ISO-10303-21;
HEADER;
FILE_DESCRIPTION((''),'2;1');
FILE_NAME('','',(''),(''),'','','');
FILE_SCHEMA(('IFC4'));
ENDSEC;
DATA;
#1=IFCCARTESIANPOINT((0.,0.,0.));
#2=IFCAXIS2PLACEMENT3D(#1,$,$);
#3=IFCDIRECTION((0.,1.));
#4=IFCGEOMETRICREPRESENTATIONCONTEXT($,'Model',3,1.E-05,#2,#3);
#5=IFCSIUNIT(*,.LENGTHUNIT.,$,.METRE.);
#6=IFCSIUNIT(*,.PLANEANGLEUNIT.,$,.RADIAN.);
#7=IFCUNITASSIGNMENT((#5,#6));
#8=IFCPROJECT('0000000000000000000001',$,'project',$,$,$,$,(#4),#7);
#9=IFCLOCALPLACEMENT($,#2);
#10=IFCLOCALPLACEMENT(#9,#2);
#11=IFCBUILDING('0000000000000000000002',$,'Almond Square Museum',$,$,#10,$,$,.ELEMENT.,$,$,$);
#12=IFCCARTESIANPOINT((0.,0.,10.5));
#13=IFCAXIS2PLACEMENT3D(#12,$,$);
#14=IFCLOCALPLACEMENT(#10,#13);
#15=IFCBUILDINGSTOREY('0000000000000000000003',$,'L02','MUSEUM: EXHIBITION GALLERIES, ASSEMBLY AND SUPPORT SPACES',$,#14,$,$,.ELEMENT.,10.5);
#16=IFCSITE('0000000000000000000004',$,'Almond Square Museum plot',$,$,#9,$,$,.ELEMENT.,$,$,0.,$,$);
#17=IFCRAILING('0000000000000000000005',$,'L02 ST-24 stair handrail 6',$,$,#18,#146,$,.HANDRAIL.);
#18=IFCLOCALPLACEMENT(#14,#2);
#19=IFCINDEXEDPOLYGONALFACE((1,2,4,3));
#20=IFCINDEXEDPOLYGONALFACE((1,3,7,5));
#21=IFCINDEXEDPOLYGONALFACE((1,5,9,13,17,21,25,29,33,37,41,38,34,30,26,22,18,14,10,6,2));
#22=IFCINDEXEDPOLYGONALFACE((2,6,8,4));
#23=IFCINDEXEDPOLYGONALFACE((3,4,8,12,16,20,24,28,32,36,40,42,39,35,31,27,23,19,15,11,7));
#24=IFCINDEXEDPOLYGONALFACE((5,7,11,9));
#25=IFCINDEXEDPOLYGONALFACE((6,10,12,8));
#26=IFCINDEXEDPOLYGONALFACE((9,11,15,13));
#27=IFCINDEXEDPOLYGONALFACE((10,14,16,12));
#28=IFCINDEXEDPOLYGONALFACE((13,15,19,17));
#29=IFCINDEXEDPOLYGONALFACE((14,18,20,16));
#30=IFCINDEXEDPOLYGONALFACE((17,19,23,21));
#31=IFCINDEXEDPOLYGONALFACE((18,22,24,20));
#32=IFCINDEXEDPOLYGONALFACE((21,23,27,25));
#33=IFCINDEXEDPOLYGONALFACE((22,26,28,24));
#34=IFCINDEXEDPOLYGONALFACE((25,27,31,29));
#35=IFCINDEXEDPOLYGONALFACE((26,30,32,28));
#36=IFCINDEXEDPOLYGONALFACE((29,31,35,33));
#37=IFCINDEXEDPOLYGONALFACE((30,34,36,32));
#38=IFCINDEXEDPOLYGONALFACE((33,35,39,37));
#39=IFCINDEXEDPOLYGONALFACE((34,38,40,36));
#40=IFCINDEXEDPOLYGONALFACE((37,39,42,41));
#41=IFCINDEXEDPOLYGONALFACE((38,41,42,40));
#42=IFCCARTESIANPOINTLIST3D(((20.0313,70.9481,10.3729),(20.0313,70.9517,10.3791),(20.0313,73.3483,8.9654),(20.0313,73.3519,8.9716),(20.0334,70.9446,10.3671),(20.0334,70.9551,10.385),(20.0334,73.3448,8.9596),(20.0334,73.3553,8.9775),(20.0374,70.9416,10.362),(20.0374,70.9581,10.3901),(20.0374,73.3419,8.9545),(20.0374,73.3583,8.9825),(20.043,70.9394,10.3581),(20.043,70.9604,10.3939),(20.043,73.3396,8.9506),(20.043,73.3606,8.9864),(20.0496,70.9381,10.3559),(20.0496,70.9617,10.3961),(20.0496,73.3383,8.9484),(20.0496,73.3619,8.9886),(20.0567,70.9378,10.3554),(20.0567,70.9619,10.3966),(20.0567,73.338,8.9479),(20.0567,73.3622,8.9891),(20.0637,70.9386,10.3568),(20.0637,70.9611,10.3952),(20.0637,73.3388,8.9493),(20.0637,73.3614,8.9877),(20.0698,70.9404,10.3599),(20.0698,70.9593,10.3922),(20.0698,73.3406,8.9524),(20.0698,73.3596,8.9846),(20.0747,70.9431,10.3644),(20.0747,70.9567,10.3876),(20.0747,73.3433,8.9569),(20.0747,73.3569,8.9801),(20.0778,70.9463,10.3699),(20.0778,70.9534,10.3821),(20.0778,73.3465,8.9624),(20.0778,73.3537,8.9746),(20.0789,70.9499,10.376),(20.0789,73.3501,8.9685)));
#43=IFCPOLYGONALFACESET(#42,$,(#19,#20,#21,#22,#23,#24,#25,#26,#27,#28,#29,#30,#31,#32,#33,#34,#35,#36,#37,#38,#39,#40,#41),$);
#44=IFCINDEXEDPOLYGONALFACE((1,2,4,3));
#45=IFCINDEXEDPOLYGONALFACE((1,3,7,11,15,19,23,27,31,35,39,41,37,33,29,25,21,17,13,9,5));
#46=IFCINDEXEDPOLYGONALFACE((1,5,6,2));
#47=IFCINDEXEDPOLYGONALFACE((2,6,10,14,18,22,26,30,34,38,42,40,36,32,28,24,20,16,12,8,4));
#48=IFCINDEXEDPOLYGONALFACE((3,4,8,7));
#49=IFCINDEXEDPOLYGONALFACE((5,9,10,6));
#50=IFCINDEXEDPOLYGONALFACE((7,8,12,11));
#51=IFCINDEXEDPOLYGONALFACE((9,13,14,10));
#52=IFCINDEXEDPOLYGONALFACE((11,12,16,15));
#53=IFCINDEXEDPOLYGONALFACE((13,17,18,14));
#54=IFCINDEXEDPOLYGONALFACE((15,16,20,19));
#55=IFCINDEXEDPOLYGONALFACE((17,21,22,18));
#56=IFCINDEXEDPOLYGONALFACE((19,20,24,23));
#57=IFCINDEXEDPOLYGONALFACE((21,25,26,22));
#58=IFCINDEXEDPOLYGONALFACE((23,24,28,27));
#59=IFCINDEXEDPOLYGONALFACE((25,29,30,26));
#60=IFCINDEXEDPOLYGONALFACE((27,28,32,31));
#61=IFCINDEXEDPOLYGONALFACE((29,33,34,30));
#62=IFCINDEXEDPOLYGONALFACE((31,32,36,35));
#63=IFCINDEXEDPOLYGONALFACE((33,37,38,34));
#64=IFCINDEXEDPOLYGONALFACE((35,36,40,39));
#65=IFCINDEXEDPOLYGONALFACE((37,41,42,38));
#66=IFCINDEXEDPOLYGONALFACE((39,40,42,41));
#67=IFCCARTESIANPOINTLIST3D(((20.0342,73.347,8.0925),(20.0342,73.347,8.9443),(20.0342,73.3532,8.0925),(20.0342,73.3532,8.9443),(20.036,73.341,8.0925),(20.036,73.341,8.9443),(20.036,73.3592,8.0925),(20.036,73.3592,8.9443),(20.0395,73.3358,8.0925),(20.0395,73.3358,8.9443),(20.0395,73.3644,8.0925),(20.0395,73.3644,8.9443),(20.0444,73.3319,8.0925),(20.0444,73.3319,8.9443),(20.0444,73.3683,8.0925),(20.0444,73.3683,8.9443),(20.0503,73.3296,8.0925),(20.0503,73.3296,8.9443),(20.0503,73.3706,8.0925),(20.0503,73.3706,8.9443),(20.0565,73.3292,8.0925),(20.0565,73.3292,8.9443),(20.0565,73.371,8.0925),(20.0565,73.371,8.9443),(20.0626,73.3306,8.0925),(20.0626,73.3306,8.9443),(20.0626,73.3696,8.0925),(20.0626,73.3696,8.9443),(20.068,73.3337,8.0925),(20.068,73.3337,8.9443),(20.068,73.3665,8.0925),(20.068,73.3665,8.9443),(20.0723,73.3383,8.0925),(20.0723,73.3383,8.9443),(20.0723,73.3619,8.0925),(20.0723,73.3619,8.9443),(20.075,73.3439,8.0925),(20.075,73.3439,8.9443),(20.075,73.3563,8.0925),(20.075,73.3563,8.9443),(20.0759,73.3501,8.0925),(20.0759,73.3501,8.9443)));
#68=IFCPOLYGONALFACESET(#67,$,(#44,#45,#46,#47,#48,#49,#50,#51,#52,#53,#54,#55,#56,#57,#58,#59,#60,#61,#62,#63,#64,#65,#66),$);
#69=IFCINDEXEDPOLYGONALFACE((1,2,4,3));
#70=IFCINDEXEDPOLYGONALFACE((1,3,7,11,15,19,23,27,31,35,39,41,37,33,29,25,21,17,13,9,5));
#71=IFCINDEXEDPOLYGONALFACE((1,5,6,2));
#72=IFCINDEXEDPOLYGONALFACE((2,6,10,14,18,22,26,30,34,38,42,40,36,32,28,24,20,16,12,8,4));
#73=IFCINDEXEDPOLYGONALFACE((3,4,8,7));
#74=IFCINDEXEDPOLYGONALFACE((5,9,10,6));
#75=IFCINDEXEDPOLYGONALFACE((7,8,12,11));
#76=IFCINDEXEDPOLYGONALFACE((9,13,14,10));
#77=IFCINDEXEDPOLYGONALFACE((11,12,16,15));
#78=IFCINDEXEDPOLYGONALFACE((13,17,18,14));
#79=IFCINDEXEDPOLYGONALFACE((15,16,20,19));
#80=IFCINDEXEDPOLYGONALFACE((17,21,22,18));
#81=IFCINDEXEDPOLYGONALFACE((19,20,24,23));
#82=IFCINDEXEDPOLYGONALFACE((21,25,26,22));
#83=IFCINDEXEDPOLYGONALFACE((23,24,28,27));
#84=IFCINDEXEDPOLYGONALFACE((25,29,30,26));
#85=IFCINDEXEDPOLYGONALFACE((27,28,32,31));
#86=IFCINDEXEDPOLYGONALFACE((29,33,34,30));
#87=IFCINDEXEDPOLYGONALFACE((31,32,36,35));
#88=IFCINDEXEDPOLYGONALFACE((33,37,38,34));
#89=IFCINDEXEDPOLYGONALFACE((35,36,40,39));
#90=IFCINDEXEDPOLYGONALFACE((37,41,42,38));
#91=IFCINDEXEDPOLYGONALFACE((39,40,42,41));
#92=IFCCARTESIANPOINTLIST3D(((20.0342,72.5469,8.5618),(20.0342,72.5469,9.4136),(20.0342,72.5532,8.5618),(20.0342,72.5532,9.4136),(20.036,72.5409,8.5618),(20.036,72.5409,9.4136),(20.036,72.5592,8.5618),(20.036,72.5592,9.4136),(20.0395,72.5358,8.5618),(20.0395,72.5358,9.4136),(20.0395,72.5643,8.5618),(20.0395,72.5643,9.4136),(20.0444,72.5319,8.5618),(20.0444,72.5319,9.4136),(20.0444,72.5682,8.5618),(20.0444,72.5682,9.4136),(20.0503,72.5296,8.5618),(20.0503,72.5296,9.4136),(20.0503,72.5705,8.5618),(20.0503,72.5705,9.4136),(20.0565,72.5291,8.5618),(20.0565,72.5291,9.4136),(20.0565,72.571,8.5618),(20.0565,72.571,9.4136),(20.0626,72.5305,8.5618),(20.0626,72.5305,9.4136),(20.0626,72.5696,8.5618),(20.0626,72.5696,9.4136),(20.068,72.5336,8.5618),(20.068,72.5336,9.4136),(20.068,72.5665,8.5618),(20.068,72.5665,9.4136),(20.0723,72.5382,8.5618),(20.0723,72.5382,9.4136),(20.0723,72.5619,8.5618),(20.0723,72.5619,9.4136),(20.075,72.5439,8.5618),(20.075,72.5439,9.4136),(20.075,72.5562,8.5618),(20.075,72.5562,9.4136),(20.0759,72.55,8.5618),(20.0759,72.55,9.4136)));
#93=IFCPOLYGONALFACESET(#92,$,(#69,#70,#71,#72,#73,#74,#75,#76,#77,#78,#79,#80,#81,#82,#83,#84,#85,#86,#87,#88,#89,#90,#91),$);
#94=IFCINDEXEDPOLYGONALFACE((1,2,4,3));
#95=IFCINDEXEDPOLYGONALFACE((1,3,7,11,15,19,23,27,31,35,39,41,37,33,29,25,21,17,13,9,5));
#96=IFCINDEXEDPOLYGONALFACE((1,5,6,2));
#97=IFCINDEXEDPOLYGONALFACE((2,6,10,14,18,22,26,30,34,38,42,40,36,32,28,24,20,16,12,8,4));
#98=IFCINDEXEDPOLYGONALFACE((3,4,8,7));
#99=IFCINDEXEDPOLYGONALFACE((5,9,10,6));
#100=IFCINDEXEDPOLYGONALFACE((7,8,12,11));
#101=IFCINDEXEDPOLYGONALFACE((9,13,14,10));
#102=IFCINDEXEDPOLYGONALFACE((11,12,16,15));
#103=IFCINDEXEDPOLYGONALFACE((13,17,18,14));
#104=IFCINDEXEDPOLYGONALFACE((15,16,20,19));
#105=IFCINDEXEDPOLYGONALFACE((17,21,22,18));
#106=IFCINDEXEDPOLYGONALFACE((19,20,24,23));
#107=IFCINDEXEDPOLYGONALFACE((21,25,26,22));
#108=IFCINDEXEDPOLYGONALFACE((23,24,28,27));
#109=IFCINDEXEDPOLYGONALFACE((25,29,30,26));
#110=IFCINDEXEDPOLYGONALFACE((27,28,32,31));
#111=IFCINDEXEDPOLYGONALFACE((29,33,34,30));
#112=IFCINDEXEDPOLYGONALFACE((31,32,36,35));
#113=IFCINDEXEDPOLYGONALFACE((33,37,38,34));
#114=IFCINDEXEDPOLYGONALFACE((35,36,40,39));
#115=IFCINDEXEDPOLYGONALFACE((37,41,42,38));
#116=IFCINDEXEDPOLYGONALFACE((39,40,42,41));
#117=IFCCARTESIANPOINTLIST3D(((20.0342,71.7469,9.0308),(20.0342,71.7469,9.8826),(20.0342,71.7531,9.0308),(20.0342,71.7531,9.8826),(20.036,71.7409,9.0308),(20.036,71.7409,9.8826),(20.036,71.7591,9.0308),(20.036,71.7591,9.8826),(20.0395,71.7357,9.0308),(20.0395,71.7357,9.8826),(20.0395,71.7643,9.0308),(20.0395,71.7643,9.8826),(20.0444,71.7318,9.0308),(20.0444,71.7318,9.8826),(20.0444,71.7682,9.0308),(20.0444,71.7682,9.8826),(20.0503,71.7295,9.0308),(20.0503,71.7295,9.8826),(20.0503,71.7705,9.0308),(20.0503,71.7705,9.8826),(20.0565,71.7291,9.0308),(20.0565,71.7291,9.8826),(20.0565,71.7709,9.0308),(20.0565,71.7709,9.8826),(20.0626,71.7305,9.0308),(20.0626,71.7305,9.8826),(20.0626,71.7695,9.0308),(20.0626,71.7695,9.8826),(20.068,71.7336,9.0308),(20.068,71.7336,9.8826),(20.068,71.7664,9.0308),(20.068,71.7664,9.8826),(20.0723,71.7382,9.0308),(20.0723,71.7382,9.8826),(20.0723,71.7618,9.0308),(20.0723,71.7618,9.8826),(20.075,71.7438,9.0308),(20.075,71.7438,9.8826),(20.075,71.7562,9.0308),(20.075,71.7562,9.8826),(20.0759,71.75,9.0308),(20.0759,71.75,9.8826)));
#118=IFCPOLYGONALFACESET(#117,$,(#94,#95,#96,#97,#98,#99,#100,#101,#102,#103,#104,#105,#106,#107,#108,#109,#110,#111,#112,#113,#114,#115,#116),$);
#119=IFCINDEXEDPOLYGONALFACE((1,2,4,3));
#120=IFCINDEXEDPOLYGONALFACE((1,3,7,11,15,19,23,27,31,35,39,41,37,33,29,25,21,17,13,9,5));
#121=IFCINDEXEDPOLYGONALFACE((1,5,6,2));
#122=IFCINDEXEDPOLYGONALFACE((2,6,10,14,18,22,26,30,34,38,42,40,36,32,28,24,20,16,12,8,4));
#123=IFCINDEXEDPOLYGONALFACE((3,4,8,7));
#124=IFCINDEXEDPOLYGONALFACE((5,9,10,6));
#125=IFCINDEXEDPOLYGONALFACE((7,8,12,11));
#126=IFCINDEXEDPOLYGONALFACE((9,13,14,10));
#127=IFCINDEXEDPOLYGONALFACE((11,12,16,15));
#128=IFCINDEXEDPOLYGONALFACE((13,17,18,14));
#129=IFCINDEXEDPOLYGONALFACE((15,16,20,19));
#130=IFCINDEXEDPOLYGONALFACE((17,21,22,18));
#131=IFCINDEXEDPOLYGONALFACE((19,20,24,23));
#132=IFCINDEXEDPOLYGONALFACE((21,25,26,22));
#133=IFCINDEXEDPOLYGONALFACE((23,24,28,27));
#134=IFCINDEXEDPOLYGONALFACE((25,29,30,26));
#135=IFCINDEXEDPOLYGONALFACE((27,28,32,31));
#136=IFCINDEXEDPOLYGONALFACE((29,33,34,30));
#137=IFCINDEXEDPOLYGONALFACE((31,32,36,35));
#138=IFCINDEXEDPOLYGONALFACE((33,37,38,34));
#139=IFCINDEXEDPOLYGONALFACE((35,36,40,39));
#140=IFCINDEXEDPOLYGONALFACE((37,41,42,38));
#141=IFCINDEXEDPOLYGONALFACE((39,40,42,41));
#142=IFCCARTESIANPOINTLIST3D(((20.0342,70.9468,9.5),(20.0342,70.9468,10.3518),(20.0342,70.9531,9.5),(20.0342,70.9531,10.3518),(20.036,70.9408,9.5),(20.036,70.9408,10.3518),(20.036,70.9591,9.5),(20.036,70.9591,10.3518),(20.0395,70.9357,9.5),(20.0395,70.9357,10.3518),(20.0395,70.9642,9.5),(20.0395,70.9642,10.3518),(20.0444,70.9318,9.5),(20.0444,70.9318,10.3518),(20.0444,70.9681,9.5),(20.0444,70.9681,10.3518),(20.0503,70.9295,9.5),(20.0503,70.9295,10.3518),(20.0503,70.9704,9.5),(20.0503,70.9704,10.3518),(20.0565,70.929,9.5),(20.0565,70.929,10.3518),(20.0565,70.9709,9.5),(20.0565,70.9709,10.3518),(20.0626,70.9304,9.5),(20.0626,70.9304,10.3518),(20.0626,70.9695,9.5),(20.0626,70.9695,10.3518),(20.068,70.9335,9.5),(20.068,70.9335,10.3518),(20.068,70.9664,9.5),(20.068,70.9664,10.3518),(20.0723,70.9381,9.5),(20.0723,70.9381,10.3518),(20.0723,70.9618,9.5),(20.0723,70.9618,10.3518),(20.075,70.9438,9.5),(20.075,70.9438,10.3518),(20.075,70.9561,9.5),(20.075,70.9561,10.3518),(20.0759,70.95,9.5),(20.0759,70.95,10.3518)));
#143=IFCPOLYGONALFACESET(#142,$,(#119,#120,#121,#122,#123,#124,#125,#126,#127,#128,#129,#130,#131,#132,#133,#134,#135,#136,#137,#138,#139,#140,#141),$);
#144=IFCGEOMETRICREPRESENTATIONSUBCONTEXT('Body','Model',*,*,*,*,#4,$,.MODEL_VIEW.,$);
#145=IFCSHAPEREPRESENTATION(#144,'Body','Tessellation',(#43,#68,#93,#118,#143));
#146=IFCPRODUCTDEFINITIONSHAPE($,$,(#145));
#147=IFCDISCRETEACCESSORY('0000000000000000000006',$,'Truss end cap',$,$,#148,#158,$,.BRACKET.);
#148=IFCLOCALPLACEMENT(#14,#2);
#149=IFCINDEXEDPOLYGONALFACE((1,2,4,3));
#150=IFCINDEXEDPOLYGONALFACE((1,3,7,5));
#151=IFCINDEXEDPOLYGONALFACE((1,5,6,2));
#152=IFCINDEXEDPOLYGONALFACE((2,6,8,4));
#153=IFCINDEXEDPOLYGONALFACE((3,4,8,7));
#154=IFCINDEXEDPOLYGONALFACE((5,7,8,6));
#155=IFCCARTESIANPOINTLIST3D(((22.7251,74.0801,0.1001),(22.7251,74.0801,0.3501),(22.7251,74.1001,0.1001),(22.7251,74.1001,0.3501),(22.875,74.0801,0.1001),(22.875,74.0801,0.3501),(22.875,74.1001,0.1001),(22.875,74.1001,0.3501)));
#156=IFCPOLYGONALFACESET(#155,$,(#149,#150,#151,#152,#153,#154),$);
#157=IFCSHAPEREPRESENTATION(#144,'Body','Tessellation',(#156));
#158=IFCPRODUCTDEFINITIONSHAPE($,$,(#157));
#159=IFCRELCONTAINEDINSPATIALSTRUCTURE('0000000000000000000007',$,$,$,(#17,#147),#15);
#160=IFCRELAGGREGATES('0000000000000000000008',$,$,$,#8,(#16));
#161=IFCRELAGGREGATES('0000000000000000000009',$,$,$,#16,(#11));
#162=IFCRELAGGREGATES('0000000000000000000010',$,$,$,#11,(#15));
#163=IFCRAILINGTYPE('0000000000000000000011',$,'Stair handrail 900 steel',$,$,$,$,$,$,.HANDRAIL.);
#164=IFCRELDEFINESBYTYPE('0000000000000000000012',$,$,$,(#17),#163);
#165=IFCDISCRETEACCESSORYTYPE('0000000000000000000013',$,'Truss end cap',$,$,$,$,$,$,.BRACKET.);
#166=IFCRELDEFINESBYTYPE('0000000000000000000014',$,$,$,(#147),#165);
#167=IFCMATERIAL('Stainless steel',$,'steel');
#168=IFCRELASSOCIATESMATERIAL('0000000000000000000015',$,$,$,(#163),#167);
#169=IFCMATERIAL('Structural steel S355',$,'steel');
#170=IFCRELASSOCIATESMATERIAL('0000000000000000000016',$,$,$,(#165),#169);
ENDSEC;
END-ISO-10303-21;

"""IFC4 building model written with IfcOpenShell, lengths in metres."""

from ifc_helpers import new_model, si_unit, direction, frame, origin, origin_2d, place, context, subcontext, project, spatial, rectangle, circle, extrude, material, type_object, element, save


model = new_model("IFC4")

# Units and contexts
model_context = context("Model", 3, precision=1e-05, world=origin(), true_north=direction((0.0, 1.0)))
body_context = subcontext(model_context, "Body", "Model", "MODEL_VIEW")
ifc_project = project(units=[si_unit("LENGTHUNIT", "METRE"), si_unit("PLANEANGLEUNIT", "RADIAN")], contexts=[model_context])

# Site, building, storey
site_placement = place(None, origin())
site = spatial("IfcSite", under=ifc_project, at=site_placement, Name="Almond Square Museum plot", CompositionType="ELEMENT", RefElevation=0.0)
building_placement = place(site_placement, origin())
building = spatial("IfcBuilding", under=site, at=building_placement, Name="Almond Square Museum", CompositionType="ELEMENT")
storey_placement = place(building_placement, frame((0.0, 0.0, 10.5)))
storey = spatial("IfcBuildingStorey", under=building, at=storey_placement, Name="L02", Description="MUSEUM: EXHIBITION GALLERIES, ASSEMBLY AND SUPPORT SPACES", CompositionType="ELEMENT", Elevation=10.5)

# Railing
ifc_material_1 = material(Name="Stainless steel", Category="steel")
railing_type_1 = type_object("IfcRailingType", Name="Stair handrail 900 steel", PredefinedType="HANDRAIL", material=ifc_material_1)
railing_1_placement = place(storey_placement, frame((20.0549, 73.3501, 8.0925)))
element("IfcRailing", 1, at=railing_1_placement, inside=storey, type_object=railing_type_1, Name="L02 ST-24 stair handrail 6", PredefinedType="HANDRAIL", context=body_context, shape_type="SweptSolid", body=[
    extrude(circle(Radius=0.0239, at=origin_2d()), frame((0.0, 0.0, 0.876), z_axis=(0.0, -0.862621, 0.50585), x_axis=(1.0, 0.0, 0.0)), (0.0, 0.0, 1.0), 2.7825),
    extrude(circle(Radius=0.021, at=origin_2d()), origin(), (0.0, 0.0, 1.0), 0.8518),
    extrude(circle(Radius=0.021, at=origin_2d()), frame((0.0, -0.8, 0.4692)), (0.0, 0.0, 1.0), 0.8518),
    extrude(circle(Radius=0.021, at=origin_2d()), frame((0.0, -1.6001, 0.9382)), (0.0, 0.0, 1.0), 0.8518),
    extrude(circle(Radius=0.021, at=origin_2d()), frame((0.0, -2.4001, 1.4075)), (0.0, 0.0, 1.0), 0.8518),
])

# Discrete accessory
ifc_material_2 = material(Name="Structural steel S355", Category="steel")
discrete_accessory_type = type_object("IfcDiscreteAccessoryType", Name="Truss end cap", PredefinedType="BRACKET", material=ifc_material_2)
discrete_accessory_placement = place(storey_placement, frame((22.8, 74.0901, 0.1001), z_axis=(0.0, 0.0, 1.0), x_axis=(1.0, 0.0, 0.0)))
element("IfcDiscreteAccessory", 2, at=discrete_accessory_placement, inside=storey, type_object=discrete_accessory_type, Name="Truss end cap", PredefinedType="BRACKET", context=body_context, shape_type="SweptSolid", body=[
    extrude(rectangle(XDim=0.1499, YDim=0.02, at=origin_2d()), origin(), (0.0, 0.0, 1.0), 0.25),
])

save(model, "model.ifc")
